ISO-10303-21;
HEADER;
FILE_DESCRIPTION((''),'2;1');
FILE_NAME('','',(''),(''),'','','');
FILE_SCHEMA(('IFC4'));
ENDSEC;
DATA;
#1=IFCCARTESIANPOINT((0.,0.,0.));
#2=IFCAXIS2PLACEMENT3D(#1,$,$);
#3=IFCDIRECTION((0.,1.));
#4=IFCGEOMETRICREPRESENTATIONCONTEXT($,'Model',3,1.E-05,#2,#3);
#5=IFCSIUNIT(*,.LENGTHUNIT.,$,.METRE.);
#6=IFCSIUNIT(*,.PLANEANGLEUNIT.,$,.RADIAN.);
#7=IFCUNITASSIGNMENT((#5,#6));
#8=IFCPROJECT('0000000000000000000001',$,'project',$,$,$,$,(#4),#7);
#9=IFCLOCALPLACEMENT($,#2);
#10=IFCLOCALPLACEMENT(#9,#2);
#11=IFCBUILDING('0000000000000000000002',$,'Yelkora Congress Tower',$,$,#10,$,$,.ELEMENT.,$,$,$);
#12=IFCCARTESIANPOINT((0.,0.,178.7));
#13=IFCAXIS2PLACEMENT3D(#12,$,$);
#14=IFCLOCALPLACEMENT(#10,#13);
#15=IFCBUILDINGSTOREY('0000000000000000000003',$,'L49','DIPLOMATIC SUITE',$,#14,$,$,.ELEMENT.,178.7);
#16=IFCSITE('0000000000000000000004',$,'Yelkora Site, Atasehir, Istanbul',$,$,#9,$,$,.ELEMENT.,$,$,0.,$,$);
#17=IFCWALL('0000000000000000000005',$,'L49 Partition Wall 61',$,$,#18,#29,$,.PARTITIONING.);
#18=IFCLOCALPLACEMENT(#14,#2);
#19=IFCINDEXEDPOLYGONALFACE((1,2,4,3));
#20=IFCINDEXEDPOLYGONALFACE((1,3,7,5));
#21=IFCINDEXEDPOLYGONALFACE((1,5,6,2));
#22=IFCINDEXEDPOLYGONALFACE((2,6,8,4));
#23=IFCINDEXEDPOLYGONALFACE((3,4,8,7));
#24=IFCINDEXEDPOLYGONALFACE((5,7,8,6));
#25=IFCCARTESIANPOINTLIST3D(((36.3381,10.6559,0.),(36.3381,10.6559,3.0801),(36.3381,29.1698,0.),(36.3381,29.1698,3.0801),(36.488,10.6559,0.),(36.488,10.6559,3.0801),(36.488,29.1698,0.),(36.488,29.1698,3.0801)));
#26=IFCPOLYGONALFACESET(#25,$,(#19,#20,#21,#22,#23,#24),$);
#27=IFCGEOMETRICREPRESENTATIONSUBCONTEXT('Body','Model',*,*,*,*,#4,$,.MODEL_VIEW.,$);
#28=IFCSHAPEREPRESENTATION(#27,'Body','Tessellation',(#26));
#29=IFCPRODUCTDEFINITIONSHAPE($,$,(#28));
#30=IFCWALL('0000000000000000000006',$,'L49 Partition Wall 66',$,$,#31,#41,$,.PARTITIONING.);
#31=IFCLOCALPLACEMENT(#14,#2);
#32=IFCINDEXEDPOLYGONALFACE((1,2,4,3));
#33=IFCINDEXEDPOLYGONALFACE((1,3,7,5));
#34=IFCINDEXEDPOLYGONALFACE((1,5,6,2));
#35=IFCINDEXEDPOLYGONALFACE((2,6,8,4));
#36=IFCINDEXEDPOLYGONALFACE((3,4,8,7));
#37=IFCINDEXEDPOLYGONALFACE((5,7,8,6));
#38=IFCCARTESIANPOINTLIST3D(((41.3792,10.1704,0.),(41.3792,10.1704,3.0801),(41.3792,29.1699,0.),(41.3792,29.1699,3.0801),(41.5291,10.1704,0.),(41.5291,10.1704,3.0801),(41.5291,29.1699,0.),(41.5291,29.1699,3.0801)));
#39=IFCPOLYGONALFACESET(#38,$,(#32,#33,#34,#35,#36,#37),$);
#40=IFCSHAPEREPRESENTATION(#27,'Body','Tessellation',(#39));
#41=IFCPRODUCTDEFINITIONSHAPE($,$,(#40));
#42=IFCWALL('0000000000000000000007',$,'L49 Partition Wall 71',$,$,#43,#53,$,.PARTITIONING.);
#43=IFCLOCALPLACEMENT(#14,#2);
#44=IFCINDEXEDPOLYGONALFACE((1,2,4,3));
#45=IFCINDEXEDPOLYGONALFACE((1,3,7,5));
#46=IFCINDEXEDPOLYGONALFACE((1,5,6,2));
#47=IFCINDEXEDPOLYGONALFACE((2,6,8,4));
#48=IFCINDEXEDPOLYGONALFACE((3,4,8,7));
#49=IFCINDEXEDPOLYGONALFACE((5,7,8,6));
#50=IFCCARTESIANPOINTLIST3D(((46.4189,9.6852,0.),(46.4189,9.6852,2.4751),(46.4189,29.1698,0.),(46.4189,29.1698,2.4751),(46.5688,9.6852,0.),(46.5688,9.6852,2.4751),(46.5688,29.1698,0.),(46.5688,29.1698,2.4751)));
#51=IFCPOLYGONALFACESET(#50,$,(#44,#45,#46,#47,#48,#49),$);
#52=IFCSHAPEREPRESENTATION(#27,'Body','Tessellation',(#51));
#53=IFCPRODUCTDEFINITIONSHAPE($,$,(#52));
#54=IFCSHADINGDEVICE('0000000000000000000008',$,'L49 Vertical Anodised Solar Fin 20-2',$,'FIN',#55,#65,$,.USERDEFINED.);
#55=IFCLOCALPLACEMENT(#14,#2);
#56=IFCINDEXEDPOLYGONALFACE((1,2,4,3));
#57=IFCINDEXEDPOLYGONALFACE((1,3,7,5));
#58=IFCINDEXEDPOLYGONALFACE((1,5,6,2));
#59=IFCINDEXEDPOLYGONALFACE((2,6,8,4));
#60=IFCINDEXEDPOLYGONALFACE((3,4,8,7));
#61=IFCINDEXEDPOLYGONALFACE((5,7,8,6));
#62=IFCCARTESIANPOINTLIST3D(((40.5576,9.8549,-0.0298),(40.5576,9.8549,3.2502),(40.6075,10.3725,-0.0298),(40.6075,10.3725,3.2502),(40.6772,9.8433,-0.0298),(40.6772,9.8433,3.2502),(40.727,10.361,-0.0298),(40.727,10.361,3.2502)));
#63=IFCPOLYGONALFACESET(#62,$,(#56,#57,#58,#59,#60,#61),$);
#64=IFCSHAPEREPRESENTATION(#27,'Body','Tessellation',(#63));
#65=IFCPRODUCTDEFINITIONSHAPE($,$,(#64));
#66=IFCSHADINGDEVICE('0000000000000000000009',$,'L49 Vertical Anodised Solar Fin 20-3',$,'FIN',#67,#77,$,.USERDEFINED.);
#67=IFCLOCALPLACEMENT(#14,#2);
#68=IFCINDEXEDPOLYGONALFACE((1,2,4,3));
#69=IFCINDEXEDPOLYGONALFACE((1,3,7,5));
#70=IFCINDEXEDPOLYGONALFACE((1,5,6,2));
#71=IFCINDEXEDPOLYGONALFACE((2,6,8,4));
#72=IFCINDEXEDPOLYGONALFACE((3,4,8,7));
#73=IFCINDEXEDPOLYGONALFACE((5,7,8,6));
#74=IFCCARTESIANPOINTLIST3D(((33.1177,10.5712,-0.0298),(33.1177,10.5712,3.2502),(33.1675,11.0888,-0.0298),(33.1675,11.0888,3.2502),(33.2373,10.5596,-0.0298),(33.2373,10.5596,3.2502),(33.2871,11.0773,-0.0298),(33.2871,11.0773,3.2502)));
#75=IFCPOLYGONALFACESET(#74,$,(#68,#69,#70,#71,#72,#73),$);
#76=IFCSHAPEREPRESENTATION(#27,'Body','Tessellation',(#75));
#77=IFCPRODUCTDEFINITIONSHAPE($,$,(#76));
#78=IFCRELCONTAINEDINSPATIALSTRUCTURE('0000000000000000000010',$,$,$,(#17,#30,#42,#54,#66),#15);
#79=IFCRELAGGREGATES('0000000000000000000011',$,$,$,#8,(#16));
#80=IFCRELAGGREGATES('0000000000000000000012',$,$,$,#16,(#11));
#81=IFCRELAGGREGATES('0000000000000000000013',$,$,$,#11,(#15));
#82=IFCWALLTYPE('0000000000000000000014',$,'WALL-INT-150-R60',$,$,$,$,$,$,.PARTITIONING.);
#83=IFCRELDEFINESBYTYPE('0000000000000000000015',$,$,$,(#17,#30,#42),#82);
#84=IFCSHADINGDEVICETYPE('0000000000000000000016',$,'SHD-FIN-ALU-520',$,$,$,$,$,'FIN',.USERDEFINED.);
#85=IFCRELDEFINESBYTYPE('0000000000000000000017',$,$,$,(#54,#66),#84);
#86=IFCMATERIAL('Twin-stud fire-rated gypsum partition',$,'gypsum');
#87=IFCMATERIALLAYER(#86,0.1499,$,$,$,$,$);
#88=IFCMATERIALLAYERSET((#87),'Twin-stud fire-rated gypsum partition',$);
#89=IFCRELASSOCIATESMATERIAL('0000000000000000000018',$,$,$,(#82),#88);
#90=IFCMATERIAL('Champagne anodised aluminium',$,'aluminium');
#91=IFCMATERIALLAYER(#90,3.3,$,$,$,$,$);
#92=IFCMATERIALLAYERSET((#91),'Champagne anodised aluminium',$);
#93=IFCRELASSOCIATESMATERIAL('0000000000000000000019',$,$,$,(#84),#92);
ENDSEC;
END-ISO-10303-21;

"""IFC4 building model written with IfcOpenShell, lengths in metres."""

from ifc_helpers import new_model, si_unit, direction, frame, frame_2d, origin, origin_2d, place, context, subcontext, project, spatial, rectangle, extrude, material, layer, layer_set, type_object, element, save


model = new_model("IFC4")

# Units and contexts
model_context = context("Model", 3, precision=1e-05, world=origin(), true_north=direction((0.0, 1.0)))
body_context = subcontext(model_context, "Body", "Model", "MODEL_VIEW")
ifc_project = project(units=[si_unit("LENGTHUNIT", "METRE"), si_unit("PLANEANGLEUNIT", "RADIAN")], contexts=[model_context])

# Site, building, storey
site_placement = place(None, origin())
site = spatial("IfcSite", under=ifc_project, at=site_placement, Name="Yelkora Site, Atasehir, Istanbul", CompositionType="ELEMENT", RefElevation=0.0)
building_placement = place(site_placement, origin())
building = spatial("IfcBuilding", under=site, at=building_placement, Name="Yelkora Congress Tower", CompositionType="ELEMENT")
storey_placement = place(building_placement, frame((0.0, 0.0, 178.7)))
storey = spatial("IfcBuildingStorey", under=building, at=storey_placement, Name="L49", Description="DIPLOMATIC SUITE", CompositionType="ELEMENT", Elevation=178.7)

# Walls
ifc_material_1 = material(Name="Twin-stud fire-rated gypsum partition", Category="gypsum")
ifc_layer_1 = layer(ifc_material_1, 0.1499)
ifc_layer_set_1 = layer_set([ifc_layer_1], Name="Twin-stud fire-rated gypsum partition")
wall_type = type_object("IfcWallType", Name="WALL-INT-150-R60", PredefinedType="PARTITIONING", material=ifc_layer_set_1)
wall_1_placement = place(storey_placement, frame((36.4131, 10.656, 0.0), z_axis=(0.0, 0.0, 1.0), x_axis=(0.0, 1.0, 0.0)))
element("IfcWall", 1, at=wall_1_placement, inside=storey, type_object=wall_type, Name="L49 Partition Wall 61", PredefinedType="PARTITIONING", context=body_context, shape_type="SweptSolid", body=[
    extrude(rectangle(XDim=18.5139, YDim=0.1499, at=frame_2d((9.2568, 0.0))), origin(), (0.0, 0.0, 1.0), 3.0801),
])
wall_2_placement = place(storey_placement, frame((41.4541, 10.1704, 0.0), z_axis=(0.0, 0.0, 1.0), x_axis=(0.0, 1.0, 0.0)))
element("IfcWall", 2, at=wall_2_placement, inside=storey, type_object=wall_type, Name="L49 Partition Wall 66", PredefinedType="PARTITIONING", context=body_context, shape_type="SweptSolid", body=[
    extrude(rectangle(XDim=18.9995, YDim=0.1499, at=frame_2d((9.4998, 0.0))), origin(), (0.0, 0.0, 1.0), 3.0801),
])
wall_3_placement = place(storey_placement, frame((46.4939, 9.6853, 0.0), z_axis=(0.0, 0.0, 1.0), x_axis=(0.0, 1.0, 0.0)))
element("IfcWall", 3, at=wall_3_placement, inside=storey, type_object=wall_type, Name="L49 Partition Wall 71", PredefinedType="PARTITIONING", context=body_context, shape_type="SweptSolid", body=[
    extrude(rectangle(XDim=19.4846, YDim=0.1499, at=frame_2d((9.7422, 0.0))), origin(), (0.0, 0.0, 1.0), 2.4751),
])

# Shading devices
ifc_material_2 = material(Name="Champagne anodised aluminium", Category="aluminium")
ifc_layer_2 = layer(ifc_material_2, 3.3)
ifc_layer_set_2 = layer_set([ifc_layer_2], Name="Champagne anodised aluminium")
shading_device_type = type_object("IfcShadingDeviceType", Name="SHD-FIN-ALU-520", ElementType="FIN", PredefinedType="USERDEFINED", material=ifc_layer_set_2)
for number, where, z_axis, x_axis, name in (
    (4, (40.6423, 10.1079, -0.0298), (0.0, 0.0, 1.0), (-0.995396, 0.095846, 0.0), "L49 Vertical Anodised Solar Fin 20-2"),
    (5, (33.2024, 10.8242, -0.0298), (0.0, 0.0, 1.0), (-0.995396, 0.095846, 0.0), "L49 Vertical Anodised Solar Fin 20-3"),
):
    element("IfcShadingDevice", number, at=place(storey_placement, frame(where, z_axis=z_axis, x_axis=x_axis)), inside=storey, type_object=shading_device_type, Name=name, ObjectType="FIN", PredefinedType="USERDEFINED", context=body_context, shape_type="SweptSolid", body=[
        extrude(rectangle(XDim=0.1201, YDim=0.52, at=origin_2d()), origin(), (0.0, 0.0, 1.0), 3.28),
    ])

save(model, "model.ifc")
